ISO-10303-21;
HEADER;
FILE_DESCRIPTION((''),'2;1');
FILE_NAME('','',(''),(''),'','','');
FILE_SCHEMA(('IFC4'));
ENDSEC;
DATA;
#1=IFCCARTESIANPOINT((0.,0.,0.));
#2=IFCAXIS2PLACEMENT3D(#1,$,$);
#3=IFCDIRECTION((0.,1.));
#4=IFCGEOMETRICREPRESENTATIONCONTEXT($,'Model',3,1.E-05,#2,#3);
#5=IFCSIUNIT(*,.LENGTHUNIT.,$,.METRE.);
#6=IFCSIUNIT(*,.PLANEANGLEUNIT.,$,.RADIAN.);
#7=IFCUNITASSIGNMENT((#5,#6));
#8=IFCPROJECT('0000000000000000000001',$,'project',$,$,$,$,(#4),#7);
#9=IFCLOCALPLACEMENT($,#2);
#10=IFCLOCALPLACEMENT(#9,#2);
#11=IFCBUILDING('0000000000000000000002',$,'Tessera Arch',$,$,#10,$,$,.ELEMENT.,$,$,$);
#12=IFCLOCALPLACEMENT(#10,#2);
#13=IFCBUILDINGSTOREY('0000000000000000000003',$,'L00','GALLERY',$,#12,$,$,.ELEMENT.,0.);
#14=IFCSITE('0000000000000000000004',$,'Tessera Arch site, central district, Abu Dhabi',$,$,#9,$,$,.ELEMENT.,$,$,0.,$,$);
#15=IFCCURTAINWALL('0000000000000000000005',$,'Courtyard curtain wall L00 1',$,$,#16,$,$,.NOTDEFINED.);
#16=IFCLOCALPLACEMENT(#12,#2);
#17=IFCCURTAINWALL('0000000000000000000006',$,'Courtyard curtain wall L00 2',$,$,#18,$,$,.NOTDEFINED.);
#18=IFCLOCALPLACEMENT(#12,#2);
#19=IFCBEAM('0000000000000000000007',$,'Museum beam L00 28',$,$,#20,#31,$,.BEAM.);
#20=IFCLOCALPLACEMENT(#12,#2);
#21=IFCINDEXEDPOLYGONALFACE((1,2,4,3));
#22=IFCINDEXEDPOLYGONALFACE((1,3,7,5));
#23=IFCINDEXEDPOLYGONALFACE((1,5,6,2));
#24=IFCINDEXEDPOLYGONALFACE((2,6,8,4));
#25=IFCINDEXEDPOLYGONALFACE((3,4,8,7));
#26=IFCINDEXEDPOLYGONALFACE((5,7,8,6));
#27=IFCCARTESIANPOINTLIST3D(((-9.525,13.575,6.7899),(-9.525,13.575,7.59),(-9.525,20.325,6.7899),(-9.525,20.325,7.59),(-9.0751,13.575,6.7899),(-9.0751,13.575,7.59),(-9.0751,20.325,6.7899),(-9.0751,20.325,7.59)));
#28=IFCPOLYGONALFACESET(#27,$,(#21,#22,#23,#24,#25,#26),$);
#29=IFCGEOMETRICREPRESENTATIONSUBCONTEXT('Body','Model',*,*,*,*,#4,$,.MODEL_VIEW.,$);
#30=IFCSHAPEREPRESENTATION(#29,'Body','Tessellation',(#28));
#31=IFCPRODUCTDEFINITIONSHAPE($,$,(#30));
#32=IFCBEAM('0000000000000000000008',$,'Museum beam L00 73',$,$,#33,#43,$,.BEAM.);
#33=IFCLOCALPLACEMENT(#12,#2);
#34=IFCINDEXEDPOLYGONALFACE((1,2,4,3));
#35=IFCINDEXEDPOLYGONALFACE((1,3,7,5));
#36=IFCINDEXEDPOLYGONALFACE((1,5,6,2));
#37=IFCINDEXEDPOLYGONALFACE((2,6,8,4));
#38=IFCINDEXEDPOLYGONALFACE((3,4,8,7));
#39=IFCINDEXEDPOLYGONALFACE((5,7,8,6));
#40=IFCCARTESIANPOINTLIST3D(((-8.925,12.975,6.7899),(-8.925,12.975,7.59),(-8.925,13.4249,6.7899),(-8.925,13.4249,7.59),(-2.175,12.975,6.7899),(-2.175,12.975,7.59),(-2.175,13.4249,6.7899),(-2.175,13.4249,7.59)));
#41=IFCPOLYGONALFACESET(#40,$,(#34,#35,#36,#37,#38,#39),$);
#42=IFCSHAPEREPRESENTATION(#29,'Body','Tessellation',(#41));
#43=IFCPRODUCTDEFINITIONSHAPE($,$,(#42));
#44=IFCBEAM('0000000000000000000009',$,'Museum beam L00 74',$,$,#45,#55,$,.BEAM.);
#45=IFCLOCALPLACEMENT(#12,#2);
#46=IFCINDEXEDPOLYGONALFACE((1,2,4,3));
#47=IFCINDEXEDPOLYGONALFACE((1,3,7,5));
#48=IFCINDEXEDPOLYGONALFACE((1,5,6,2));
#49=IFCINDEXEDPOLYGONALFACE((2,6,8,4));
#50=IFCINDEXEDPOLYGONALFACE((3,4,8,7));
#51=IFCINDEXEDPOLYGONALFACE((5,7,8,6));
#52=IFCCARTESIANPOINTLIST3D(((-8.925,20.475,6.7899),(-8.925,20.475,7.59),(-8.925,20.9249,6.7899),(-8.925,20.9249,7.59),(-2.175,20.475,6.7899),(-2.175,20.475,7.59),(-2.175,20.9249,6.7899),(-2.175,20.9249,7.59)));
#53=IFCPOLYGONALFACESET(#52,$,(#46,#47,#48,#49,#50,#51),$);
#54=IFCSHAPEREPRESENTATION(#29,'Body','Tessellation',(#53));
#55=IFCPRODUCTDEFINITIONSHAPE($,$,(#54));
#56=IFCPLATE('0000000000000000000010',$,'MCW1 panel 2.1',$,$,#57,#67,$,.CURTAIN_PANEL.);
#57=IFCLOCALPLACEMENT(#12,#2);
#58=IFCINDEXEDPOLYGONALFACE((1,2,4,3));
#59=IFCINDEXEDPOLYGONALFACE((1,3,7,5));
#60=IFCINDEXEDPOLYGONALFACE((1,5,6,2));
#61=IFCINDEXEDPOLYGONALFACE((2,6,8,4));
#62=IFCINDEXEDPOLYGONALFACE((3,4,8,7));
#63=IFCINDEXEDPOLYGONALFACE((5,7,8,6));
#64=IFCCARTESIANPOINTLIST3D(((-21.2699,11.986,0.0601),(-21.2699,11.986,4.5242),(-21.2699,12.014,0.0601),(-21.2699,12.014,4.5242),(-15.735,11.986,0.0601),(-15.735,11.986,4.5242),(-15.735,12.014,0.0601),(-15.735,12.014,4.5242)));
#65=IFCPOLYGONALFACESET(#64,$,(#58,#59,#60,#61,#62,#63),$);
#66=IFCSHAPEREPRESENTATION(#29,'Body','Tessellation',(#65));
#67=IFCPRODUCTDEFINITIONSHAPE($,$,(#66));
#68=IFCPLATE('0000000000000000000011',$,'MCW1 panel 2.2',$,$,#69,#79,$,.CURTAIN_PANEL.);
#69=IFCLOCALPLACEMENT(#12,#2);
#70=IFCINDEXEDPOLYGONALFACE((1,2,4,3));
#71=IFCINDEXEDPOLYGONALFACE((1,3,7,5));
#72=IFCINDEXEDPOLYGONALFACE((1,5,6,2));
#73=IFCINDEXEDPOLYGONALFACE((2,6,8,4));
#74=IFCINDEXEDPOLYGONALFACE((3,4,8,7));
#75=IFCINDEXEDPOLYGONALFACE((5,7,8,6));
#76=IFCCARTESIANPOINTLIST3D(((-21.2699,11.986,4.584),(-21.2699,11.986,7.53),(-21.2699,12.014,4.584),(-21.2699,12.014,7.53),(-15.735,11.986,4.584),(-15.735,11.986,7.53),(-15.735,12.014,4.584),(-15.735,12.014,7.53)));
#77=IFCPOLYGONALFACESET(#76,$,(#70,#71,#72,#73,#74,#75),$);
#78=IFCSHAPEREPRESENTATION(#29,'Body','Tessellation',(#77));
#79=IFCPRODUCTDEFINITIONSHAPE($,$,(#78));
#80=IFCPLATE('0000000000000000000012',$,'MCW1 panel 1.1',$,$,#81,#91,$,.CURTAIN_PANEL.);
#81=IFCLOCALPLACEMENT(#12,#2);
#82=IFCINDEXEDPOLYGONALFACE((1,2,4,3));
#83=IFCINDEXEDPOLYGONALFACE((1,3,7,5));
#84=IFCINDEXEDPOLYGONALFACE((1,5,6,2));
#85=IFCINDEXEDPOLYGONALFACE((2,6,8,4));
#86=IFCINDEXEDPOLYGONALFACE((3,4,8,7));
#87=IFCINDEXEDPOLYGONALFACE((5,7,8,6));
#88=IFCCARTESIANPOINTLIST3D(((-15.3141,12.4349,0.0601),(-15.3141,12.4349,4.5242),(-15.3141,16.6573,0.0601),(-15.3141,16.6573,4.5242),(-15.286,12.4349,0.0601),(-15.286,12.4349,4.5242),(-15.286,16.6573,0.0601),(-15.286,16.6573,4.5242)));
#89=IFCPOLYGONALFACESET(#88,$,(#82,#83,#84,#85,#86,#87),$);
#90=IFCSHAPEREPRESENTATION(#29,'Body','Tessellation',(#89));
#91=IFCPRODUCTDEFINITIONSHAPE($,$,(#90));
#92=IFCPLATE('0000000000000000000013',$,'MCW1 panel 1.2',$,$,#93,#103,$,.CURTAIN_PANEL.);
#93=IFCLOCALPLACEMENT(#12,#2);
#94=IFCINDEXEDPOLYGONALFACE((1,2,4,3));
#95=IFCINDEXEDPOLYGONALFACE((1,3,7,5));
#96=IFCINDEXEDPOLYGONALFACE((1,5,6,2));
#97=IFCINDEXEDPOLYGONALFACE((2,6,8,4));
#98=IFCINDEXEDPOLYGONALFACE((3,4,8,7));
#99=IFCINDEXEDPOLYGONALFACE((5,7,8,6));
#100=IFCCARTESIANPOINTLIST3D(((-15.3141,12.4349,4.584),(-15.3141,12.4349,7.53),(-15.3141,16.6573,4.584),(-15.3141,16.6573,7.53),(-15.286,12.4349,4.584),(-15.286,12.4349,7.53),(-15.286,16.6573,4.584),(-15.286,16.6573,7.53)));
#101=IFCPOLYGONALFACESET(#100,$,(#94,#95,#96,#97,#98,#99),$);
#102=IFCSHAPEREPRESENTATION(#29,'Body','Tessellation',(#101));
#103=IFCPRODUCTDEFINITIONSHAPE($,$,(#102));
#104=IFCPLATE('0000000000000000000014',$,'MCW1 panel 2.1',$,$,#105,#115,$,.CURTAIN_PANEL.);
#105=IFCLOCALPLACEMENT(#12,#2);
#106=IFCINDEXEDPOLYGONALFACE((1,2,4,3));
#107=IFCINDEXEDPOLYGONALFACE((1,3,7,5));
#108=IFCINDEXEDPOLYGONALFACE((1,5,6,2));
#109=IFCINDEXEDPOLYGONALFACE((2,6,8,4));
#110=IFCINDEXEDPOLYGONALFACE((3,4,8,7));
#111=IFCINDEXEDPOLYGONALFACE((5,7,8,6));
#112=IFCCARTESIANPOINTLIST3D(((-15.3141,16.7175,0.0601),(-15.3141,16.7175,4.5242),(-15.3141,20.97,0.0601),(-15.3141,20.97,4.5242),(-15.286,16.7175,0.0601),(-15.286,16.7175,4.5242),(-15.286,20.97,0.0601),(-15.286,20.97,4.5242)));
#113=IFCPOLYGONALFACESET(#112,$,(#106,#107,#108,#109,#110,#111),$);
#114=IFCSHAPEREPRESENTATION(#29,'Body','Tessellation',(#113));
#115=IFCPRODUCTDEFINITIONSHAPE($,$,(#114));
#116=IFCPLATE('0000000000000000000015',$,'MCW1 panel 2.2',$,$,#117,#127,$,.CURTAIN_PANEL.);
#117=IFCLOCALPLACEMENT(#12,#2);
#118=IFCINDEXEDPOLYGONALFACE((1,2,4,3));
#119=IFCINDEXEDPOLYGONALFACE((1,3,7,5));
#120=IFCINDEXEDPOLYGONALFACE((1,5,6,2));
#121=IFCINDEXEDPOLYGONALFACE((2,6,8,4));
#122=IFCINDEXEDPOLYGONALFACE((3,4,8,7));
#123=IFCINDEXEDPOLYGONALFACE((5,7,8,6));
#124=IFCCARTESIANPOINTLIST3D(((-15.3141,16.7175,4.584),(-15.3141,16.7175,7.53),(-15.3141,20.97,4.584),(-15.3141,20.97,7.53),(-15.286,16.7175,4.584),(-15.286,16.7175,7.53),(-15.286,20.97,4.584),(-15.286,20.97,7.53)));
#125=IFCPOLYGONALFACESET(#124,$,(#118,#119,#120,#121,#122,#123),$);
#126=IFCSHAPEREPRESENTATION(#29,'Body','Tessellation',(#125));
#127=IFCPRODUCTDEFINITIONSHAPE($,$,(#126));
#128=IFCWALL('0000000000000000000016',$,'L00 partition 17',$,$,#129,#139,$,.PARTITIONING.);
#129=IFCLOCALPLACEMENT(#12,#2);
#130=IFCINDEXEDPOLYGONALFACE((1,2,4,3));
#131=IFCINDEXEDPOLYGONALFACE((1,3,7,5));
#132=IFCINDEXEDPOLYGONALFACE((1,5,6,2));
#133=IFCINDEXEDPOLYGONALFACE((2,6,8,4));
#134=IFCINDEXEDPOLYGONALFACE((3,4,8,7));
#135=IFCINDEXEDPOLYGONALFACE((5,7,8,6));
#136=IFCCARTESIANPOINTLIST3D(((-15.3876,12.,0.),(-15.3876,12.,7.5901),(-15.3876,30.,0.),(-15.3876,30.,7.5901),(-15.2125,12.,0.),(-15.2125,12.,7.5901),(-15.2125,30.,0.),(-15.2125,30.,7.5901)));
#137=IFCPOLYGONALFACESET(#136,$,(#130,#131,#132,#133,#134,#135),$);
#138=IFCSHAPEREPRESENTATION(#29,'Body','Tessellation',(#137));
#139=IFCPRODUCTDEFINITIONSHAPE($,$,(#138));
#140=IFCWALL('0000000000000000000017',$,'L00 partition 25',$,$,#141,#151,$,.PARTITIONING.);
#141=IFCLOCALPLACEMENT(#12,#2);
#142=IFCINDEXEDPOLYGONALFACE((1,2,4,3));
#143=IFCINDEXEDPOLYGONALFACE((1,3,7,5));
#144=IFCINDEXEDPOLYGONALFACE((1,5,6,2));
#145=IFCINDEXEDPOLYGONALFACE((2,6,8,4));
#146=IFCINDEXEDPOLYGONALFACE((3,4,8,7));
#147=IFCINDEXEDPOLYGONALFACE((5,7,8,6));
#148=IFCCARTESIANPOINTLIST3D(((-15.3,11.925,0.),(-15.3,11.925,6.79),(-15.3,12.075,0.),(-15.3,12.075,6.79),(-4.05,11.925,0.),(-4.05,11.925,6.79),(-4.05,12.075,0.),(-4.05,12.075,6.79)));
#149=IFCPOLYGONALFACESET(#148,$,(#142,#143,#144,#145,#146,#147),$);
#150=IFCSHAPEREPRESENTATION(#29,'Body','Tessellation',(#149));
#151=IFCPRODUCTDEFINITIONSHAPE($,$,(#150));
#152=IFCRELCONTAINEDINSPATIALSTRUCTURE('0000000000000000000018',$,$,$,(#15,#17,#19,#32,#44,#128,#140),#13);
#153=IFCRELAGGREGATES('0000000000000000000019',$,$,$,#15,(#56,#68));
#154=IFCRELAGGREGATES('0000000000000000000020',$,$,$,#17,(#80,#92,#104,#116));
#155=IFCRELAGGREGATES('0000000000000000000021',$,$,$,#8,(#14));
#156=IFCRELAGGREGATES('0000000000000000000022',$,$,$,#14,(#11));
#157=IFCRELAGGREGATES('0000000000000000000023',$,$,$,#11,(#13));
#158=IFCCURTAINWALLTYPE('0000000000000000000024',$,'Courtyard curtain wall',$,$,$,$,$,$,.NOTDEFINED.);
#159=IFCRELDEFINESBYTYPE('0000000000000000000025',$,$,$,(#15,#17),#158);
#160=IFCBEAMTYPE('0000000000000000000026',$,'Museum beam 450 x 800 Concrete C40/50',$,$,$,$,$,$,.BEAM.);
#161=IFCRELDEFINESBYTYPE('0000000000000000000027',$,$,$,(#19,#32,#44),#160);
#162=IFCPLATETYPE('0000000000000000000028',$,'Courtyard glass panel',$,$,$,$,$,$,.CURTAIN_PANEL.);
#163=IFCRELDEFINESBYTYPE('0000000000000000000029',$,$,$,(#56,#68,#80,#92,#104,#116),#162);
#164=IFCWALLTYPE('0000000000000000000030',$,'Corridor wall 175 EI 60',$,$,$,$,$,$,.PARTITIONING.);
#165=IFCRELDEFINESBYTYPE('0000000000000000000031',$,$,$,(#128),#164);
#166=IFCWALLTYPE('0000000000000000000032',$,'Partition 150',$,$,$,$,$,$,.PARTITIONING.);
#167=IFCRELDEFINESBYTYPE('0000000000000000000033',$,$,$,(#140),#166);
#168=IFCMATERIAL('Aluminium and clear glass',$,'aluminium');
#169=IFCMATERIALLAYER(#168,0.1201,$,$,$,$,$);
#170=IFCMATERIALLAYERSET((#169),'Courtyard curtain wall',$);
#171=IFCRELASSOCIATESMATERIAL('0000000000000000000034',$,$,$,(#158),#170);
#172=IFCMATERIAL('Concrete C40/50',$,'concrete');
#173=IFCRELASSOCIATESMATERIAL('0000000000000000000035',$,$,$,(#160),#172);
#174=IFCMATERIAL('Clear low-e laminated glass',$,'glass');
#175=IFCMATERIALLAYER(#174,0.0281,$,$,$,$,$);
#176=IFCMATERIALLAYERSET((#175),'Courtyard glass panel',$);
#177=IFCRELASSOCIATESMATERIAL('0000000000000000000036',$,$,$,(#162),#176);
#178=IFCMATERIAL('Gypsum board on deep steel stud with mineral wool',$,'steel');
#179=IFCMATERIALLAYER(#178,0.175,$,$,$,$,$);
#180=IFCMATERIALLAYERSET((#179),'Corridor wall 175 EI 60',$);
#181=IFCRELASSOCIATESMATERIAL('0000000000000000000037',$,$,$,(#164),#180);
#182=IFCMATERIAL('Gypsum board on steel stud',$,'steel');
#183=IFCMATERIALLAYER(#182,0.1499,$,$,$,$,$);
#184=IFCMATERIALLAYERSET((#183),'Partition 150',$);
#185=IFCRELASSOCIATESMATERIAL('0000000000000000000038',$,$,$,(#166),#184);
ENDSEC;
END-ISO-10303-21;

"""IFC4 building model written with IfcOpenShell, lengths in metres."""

from ifc_helpers import new_model, si_unit, direction, frame, frame_2d, origin, origin_2d, place, context, subcontext, project, spatial, rectangle, extrude, material, layer, layer_set, material_profile, profile_set, type_object, element, aggregate, save


model = new_model("IFC4")

# Units and contexts
model_context = context("Model", 3, precision=1e-05, world=origin(), true_north=direction((0.0, 1.0)))
body_context = subcontext(model_context, "Body", "Model", "MODEL_VIEW")
ifc_project = project(units=[si_unit("LENGTHUNIT", "METRE"), si_unit("PLANEANGLEUNIT", "RADIAN")], contexts=[model_context])

# Site, building, storey
site_placement = place(None, origin())
site = spatial("IfcSite", under=ifc_project, at=site_placement, Name="Tessera Arch site, central district, Abu Dhabi", CompositionType="ELEMENT", RefElevation=0.0)
building_placement = place(site_placement, origin())
building = spatial("IfcBuilding", under=site, at=building_placement, Name="Tessera Arch", CompositionType="ELEMENT")
storey_placement = place(building_placement, origin())
storey = spatial("IfcBuildingStorey", under=building, at=storey_placement, Name="L00", Description="GALLERY", CompositionType="ELEMENT", Elevation=0.0)

# Curtain wall
ifc_material_1 = material(Name="Aluminium and clear glass", Category="aluminium")
ifc_layer_1 = layer(ifc_material_1, 0.1201)
ifc_layer_set_1 = layer_set([ifc_layer_1], Name="Courtyard curtain wall")
curtain_wall_type = type_object("IfcCurtainWallType", Name="Courtyard curtain wall", PredefinedType="NOTDEFINED", material=ifc_layer_set_1)
curtain_wall_1_placement = place(storey_placement, origin())
curtain_wall_1 = element("IfcCurtainWall", 1, at=curtain_wall_1_placement, inside=storey, type_object=curtain_wall_type, Name="Courtyard curtain wall L00 1", PredefinedType="NOTDEFINED")

# Curtain wall
curtain_wall_2_placement = place(storey_placement, origin())
curtain_wall_2 = element("IfcCurtainWall", 2, at=curtain_wall_2_placement, inside=storey, type_object=curtain_wall_type, Name="Courtyard curtain wall L00 2", PredefinedType="NOTDEFINED")

# Beams
ifc_material_2 = material(Name="Concrete C40/50", Category="concrete")
ifc_material_profile_1 = material_profile(ifc_material_2, rectangle(XDim=0.45, YDim=0.8, at=origin_2d()), Name="Museum beam 450 x 800 Concrete C40/50")
ifc_profile_set_1 = profile_set([ifc_material_profile_1], Name="Concrete C40/50")
beam_type = type_object("IfcBeamType", Name="Museum beam 450 x 800 Concrete C40/50", PredefinedType="BEAM", material=ifc_profile_set_1)
for number, where, z_axis, x_axis, name in (
    (3, (-9.3, 13.575, 7.1899), (0.0, 1.0, 0.0), (-1.0, 0.0, 0.0), "Museum beam L00 28"),
    (4, (-8.925, 13.2, 7.1899), (1.0, 0.0, 0.0), (0.0, 1.0, 0.0), "Museum beam L00 73"),
    (5, (-8.925, 20.7, 7.1899), (1.0, 0.0, 0.0), (0.0, 1.0, 0.0), "Museum beam L00 74"),
):
    element("IfcBeam", number, at=place(storey_placement, frame(where, z_axis=z_axis, x_axis=x_axis)), inside=storey, type_object=beam_type, Name=name, PredefinedType="BEAM", context=body_context, shape_type="SweptSolid", body=[
        extrude(rectangle(XDim=0.45, YDim=0.8, at=origin_2d()), origin(), (0.0, 0.0, 1.0), 6.75),
    ])

# Plates
ifc_material_3 = material(Name="Clear low-e laminated glass", Category="glass")
ifc_layer_2 = layer(ifc_material_3, 0.0281)
ifc_layer_set_2 = layer_set([ifc_layer_2], Name="Courtyard glass panel")
plate_type = type_object("IfcPlateType", Name="Courtyard glass panel", PredefinedType="CURTAIN_PANEL", material=ifc_layer_set_2)
plate_1_placement = place(storey_placement, frame((-18.5024, 12.0, 0.0601), z_axis=(0.0, 0.0, 1.0), x_axis=(1.0, 0.0, 0.0)))
plate_1 = element("IfcPlate", 6, at=plate_1_placement, type_object=plate_type, Name="MCW1 panel 2.1", PredefinedType="CURTAIN_PANEL", context=body_context, shape_type="SweptSolid", body=[
    extrude(rectangle(XDim=5.5349, YDim=0.0281, at=origin_2d()), origin(), (0.0, 0.0, 1.0), 4.4641),
])
plate_2_placement = place(storey_placement, frame((-18.5024, 12.0, 4.584), z_axis=(0.0, 0.0, 1.0), x_axis=(1.0, 0.0, 0.0)))
plate_2 = element("IfcPlate", 7, at=plate_2_placement, type_object=plate_type, Name="MCW1 panel 2.2", PredefinedType="CURTAIN_PANEL", context=body_context, shape_type="SweptSolid", body=[
    extrude(rectangle(XDim=5.5349, YDim=0.0281, at=origin_2d()), origin(), (0.0, 0.0, 1.0), 2.946),
])
aggregate(curtain_wall_1, [plate_1, plate_2])
plate_3_placement = place(storey_placement, frame((-15.3, 14.5461, 0.0601), z_axis=(0.0, 0.0, 1.0), x_axis=(0.0, 1.0, 0.0)))
plate_3 = element("IfcPlate", 8, at=plate_3_placement, type_object=plate_type, Name="MCW1 panel 1.1", PredefinedType="CURTAIN_PANEL", context=body_context, shape_type="SweptSolid", body=[
    extrude(rectangle(XDim=4.2224, YDim=0.0281, at=origin_2d()), origin(), (0.0, 0.0, 1.0), 4.4641),
])
plate_4_placement = place(storey_placement, frame((-15.3, 14.5461, 4.584), z_axis=(0.0, 0.0, 1.0), x_axis=(0.0, 1.0, 0.0)))
plate_4 = element("IfcPlate", 9, at=plate_4_placement, type_object=plate_type, Name="MCW1 panel 1.2", PredefinedType="CURTAIN_PANEL", context=body_context, shape_type="SweptSolid", body=[
    extrude(rectangle(XDim=4.2224, YDim=0.0281, at=origin_2d()), origin(), (0.0, 0.0, 1.0), 2.946),
])
plate_5_placement = place(storey_placement, frame((-15.3, 18.8438, 0.0601), z_axis=(0.0, 0.0, 1.0), x_axis=(0.0, 1.0, 0.0)))
plate_5 = element("IfcPlate", 10, at=plate_5_placement, type_object=plate_type, Name="MCW1 panel 2.1", PredefinedType="CURTAIN_PANEL", context=body_context, shape_type="SweptSolid", body=[
    extrude(rectangle(XDim=4.2524, YDim=0.0281, at=origin_2d()), origin(), (0.0, 0.0, 1.0), 4.4641),
])
plate_6_placement = place(storey_placement, frame((-15.3, 18.8438, 4.584), z_axis=(0.0, 0.0, 1.0), x_axis=(0.0, 1.0, 0.0)))
plate_6 = element("IfcPlate", 11, at=plate_6_placement, type_object=plate_type, Name="MCW1 panel 2.2", PredefinedType="CURTAIN_PANEL", context=body_context, shape_type="SweptSolid", body=[
    extrude(rectangle(XDim=4.2524, YDim=0.0281, at=origin_2d()), origin(), (0.0, 0.0, 1.0), 2.946),
])
aggregate(curtain_wall_2, [plate_3, plate_4, plate_5, plate_6])

# Walls
ifc_material_4 = material(Name="Gypsum board on deep steel stud with mineral wool", Category="steel")
ifc_layer_3 = layer(ifc_material_4, 0.175)
ifc_layer_set_3 = layer_set([ifc_layer_3], Name="Corridor wall 175 EI 60")
wall_type_1 = type_object("IfcWallType", Name="Corridor wall 175 EI 60", PredefinedType="PARTITIONING", material=ifc_layer_set_3)
wall_1_placement = place(storey_placement, frame((-15.3, 12.0, 0.0), z_axis=(0.0, 0.0, 1.0), x_axis=(0.0, 1.0, 0.0)))
element("IfcWall", 12, at=wall_1_placement, inside=storey, type_object=wall_type_1, Name="L00 partition 17", PredefinedType="PARTITIONING", context=body_context, shape_type="SweptSolid", body=[
    extrude(rectangle(XDim=18.0, YDim=0.175, at=frame_2d((9.0, 0.0))), origin(), (0.0, 0.0, 1.0), 7.5901),
])
ifc_material_5 = material(Name="Gypsum board on steel stud", Category="steel")
ifc_layer_4 = layer(ifc_material_5, 0.1499)
ifc_layer_set_4 = layer_set([ifc_layer_4], Name="Partition 150")
wall_type_2 = type_object("IfcWallType", Name="Partition 150", PredefinedType="PARTITIONING", material=ifc_layer_set_4)
wall_2_placement = place(storey_placement, frame((-15.3, 12.0, 0.0), z_axis=(0.0, 0.0, 1.0), x_axis=(1.0, 0.0, 0.0)))
element("IfcWall", 13, at=wall_2_placement, inside=storey, type_object=wall_type_2, Name="L00 partition 25", PredefinedType="PARTITIONING", context=body_context, shape_type="SweptSolid", body=[
    extrude(rectangle(XDim=11.25, YDim=0.1499, at=frame_2d((5.625, 0.0))), origin(), (0.0, 0.0, 1.0), 6.79),
])

save(model, "model.ifc")
